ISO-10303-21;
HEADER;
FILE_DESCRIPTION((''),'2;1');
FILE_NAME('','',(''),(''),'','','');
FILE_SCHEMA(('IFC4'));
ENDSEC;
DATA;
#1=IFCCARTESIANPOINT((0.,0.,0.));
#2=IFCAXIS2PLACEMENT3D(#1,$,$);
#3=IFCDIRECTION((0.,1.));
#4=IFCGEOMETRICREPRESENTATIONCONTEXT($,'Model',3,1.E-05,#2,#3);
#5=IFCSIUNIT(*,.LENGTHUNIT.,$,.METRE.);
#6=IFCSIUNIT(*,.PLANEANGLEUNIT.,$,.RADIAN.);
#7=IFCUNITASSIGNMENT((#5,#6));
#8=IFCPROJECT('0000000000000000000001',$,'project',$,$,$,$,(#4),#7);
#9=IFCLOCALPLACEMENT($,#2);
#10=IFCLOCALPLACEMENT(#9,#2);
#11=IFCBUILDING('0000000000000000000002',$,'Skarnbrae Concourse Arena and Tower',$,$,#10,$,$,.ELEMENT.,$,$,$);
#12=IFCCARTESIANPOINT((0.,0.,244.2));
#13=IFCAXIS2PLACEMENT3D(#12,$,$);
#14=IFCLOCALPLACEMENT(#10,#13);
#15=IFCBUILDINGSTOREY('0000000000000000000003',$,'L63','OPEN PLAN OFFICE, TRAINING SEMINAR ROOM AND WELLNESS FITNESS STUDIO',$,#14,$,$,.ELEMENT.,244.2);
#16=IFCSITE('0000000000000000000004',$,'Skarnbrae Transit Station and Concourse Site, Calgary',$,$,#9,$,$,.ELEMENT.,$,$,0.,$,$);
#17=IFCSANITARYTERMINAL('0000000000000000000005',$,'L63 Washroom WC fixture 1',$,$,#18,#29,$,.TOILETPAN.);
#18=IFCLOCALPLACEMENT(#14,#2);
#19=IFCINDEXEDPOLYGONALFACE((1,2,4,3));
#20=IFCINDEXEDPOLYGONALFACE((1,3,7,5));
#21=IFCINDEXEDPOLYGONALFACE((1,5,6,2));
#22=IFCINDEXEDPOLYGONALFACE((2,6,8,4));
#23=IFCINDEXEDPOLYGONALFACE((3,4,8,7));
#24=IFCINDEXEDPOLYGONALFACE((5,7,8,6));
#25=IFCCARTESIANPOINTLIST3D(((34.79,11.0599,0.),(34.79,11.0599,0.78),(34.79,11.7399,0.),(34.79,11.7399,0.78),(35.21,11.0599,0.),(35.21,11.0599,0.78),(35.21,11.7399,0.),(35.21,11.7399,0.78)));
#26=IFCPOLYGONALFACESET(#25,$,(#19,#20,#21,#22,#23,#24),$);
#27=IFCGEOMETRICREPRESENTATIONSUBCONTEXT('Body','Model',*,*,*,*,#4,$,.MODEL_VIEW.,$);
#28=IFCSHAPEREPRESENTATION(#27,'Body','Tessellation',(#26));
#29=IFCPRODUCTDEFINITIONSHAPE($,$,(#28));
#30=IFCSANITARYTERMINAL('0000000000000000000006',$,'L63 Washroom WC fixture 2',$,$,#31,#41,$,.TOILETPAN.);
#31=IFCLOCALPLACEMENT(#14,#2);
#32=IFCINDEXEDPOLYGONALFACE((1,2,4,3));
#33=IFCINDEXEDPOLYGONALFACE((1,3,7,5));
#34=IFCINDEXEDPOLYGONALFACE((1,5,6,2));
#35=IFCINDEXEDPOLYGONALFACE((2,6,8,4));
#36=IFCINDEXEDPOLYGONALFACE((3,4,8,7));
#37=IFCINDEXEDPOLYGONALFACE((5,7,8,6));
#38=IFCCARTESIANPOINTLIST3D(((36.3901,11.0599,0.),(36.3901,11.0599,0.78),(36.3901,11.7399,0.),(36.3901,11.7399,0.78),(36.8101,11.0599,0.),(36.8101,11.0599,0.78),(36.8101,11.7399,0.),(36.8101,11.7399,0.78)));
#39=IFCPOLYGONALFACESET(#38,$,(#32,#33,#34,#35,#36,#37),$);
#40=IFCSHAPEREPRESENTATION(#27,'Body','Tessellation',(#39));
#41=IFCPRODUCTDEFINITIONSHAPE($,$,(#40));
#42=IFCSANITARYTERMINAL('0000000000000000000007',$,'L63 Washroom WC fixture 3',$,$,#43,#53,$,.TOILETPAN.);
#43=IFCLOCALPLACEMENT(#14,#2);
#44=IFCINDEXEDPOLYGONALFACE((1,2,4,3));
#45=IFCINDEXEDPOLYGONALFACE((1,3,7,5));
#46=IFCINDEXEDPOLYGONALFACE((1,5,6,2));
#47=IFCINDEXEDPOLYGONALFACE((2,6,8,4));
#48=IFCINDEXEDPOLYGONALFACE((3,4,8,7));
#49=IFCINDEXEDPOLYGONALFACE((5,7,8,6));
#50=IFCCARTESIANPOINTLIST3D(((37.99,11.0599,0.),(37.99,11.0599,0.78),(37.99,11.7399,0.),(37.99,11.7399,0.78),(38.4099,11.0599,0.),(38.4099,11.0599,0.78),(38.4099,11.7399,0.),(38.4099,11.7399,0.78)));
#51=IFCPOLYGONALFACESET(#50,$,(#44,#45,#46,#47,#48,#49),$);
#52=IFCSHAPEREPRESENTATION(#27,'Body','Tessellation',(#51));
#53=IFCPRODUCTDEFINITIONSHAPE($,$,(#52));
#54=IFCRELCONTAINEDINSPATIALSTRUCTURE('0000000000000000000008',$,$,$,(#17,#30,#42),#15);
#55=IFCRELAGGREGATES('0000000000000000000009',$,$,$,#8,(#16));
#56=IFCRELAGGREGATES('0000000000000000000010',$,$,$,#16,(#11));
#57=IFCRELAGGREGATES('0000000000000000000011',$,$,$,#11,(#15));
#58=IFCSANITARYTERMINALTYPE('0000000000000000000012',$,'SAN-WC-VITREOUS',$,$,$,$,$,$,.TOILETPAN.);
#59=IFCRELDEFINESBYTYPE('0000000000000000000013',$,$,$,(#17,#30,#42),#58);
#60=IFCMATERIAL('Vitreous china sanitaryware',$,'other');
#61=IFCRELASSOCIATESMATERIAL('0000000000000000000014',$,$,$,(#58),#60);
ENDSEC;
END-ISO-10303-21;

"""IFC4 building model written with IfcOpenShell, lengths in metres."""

from ifc_helpers import new_model, si_unit, direction, frame, origin, origin_2d, place, context, subcontext, project, spatial, rectangle, extrude, source, transform, mapped, material, type_object, element, save


model = new_model("IFC4")

# Units and contexts
model_context = context("Model", 3, precision=1e-05, world=origin(), true_north=direction((0.0, 1.0)))
body_context = subcontext(model_context, "Body", "Model", "MODEL_VIEW")
ifc_project = project(units=[si_unit("LENGTHUNIT", "METRE"), si_unit("PLANEANGLEUNIT", "RADIAN")], contexts=[model_context])

# Site, building, storey
site_placement = place(None, origin())
site = spatial("IfcSite", under=ifc_project, at=site_placement, Name="Skarnbrae Transit Station and Concourse Site, Calgary", CompositionType="ELEMENT", RefElevation=0.0)
building_placement = place(site_placement, origin())
building = spatial("IfcBuilding", under=site, at=building_placement, Name="Skarnbrae Concourse Arena and Tower", CompositionType="ELEMENT")
storey_placement = place(building_placement, frame((0.0, 0.0, 244.2)))
storey = spatial("IfcBuildingStorey", under=building, at=storey_placement, Name="L63", Description="OPEN PLAN OFFICE, TRAINING SEMINAR ROOM AND WELLNESS FITNESS STUDIO", CompositionType="ELEMENT", Elevation=244.2)

# Sanitary terminals
ifc_material_1 = material(Name="Vitreous china sanitaryware", Category="other")
sanitary_terminal_type = type_object("IfcSanitaryTerminalType", Name="SAN-WC-VITREOUS", PredefinedType="TOILETPAN", material=ifc_material_1)
shared_shape_1 = source(origin(), body_context, "Body", "SweptSolid", [
    extrude(rectangle(XDim=0.4199, YDim=0.6799, at=origin_2d()), origin(), (0.0, 0.0, 1.0), 0.78),
])
for number, where, z_axis, x_axis, name in (
    (1, (35.0, 11.3999, 0.0), (0.0, 0.0, 1.0), (1.0, 0.0, 0.0), "L63 Washroom WC fixture 1"),
    (2, (36.6001, 11.3999, 0.0), (0.0, 0.0, 1.0), (1.0, 0.0, 0.0), "L63 Washroom WC fixture 2"),
    (3, (38.2, 11.3999, 0.0), (0.0, 0.0, 1.0), (1.0, 0.0, 0.0), "L63 Washroom WC fixture 3"),
):
    element("IfcSanitaryTerminal", number, at=place(storey_placement, frame(where, z_axis=z_axis, x_axis=x_axis)), inside=storey, type_object=sanitary_terminal_type, Name=name, PredefinedType="TOILETPAN", context=body_context, shape_type="MappedRepresentation", body=[
        mapped(shared_shape_1, transform((0.0, 0.0, 0.0))),
    ])

save(model, "model.ifc")
